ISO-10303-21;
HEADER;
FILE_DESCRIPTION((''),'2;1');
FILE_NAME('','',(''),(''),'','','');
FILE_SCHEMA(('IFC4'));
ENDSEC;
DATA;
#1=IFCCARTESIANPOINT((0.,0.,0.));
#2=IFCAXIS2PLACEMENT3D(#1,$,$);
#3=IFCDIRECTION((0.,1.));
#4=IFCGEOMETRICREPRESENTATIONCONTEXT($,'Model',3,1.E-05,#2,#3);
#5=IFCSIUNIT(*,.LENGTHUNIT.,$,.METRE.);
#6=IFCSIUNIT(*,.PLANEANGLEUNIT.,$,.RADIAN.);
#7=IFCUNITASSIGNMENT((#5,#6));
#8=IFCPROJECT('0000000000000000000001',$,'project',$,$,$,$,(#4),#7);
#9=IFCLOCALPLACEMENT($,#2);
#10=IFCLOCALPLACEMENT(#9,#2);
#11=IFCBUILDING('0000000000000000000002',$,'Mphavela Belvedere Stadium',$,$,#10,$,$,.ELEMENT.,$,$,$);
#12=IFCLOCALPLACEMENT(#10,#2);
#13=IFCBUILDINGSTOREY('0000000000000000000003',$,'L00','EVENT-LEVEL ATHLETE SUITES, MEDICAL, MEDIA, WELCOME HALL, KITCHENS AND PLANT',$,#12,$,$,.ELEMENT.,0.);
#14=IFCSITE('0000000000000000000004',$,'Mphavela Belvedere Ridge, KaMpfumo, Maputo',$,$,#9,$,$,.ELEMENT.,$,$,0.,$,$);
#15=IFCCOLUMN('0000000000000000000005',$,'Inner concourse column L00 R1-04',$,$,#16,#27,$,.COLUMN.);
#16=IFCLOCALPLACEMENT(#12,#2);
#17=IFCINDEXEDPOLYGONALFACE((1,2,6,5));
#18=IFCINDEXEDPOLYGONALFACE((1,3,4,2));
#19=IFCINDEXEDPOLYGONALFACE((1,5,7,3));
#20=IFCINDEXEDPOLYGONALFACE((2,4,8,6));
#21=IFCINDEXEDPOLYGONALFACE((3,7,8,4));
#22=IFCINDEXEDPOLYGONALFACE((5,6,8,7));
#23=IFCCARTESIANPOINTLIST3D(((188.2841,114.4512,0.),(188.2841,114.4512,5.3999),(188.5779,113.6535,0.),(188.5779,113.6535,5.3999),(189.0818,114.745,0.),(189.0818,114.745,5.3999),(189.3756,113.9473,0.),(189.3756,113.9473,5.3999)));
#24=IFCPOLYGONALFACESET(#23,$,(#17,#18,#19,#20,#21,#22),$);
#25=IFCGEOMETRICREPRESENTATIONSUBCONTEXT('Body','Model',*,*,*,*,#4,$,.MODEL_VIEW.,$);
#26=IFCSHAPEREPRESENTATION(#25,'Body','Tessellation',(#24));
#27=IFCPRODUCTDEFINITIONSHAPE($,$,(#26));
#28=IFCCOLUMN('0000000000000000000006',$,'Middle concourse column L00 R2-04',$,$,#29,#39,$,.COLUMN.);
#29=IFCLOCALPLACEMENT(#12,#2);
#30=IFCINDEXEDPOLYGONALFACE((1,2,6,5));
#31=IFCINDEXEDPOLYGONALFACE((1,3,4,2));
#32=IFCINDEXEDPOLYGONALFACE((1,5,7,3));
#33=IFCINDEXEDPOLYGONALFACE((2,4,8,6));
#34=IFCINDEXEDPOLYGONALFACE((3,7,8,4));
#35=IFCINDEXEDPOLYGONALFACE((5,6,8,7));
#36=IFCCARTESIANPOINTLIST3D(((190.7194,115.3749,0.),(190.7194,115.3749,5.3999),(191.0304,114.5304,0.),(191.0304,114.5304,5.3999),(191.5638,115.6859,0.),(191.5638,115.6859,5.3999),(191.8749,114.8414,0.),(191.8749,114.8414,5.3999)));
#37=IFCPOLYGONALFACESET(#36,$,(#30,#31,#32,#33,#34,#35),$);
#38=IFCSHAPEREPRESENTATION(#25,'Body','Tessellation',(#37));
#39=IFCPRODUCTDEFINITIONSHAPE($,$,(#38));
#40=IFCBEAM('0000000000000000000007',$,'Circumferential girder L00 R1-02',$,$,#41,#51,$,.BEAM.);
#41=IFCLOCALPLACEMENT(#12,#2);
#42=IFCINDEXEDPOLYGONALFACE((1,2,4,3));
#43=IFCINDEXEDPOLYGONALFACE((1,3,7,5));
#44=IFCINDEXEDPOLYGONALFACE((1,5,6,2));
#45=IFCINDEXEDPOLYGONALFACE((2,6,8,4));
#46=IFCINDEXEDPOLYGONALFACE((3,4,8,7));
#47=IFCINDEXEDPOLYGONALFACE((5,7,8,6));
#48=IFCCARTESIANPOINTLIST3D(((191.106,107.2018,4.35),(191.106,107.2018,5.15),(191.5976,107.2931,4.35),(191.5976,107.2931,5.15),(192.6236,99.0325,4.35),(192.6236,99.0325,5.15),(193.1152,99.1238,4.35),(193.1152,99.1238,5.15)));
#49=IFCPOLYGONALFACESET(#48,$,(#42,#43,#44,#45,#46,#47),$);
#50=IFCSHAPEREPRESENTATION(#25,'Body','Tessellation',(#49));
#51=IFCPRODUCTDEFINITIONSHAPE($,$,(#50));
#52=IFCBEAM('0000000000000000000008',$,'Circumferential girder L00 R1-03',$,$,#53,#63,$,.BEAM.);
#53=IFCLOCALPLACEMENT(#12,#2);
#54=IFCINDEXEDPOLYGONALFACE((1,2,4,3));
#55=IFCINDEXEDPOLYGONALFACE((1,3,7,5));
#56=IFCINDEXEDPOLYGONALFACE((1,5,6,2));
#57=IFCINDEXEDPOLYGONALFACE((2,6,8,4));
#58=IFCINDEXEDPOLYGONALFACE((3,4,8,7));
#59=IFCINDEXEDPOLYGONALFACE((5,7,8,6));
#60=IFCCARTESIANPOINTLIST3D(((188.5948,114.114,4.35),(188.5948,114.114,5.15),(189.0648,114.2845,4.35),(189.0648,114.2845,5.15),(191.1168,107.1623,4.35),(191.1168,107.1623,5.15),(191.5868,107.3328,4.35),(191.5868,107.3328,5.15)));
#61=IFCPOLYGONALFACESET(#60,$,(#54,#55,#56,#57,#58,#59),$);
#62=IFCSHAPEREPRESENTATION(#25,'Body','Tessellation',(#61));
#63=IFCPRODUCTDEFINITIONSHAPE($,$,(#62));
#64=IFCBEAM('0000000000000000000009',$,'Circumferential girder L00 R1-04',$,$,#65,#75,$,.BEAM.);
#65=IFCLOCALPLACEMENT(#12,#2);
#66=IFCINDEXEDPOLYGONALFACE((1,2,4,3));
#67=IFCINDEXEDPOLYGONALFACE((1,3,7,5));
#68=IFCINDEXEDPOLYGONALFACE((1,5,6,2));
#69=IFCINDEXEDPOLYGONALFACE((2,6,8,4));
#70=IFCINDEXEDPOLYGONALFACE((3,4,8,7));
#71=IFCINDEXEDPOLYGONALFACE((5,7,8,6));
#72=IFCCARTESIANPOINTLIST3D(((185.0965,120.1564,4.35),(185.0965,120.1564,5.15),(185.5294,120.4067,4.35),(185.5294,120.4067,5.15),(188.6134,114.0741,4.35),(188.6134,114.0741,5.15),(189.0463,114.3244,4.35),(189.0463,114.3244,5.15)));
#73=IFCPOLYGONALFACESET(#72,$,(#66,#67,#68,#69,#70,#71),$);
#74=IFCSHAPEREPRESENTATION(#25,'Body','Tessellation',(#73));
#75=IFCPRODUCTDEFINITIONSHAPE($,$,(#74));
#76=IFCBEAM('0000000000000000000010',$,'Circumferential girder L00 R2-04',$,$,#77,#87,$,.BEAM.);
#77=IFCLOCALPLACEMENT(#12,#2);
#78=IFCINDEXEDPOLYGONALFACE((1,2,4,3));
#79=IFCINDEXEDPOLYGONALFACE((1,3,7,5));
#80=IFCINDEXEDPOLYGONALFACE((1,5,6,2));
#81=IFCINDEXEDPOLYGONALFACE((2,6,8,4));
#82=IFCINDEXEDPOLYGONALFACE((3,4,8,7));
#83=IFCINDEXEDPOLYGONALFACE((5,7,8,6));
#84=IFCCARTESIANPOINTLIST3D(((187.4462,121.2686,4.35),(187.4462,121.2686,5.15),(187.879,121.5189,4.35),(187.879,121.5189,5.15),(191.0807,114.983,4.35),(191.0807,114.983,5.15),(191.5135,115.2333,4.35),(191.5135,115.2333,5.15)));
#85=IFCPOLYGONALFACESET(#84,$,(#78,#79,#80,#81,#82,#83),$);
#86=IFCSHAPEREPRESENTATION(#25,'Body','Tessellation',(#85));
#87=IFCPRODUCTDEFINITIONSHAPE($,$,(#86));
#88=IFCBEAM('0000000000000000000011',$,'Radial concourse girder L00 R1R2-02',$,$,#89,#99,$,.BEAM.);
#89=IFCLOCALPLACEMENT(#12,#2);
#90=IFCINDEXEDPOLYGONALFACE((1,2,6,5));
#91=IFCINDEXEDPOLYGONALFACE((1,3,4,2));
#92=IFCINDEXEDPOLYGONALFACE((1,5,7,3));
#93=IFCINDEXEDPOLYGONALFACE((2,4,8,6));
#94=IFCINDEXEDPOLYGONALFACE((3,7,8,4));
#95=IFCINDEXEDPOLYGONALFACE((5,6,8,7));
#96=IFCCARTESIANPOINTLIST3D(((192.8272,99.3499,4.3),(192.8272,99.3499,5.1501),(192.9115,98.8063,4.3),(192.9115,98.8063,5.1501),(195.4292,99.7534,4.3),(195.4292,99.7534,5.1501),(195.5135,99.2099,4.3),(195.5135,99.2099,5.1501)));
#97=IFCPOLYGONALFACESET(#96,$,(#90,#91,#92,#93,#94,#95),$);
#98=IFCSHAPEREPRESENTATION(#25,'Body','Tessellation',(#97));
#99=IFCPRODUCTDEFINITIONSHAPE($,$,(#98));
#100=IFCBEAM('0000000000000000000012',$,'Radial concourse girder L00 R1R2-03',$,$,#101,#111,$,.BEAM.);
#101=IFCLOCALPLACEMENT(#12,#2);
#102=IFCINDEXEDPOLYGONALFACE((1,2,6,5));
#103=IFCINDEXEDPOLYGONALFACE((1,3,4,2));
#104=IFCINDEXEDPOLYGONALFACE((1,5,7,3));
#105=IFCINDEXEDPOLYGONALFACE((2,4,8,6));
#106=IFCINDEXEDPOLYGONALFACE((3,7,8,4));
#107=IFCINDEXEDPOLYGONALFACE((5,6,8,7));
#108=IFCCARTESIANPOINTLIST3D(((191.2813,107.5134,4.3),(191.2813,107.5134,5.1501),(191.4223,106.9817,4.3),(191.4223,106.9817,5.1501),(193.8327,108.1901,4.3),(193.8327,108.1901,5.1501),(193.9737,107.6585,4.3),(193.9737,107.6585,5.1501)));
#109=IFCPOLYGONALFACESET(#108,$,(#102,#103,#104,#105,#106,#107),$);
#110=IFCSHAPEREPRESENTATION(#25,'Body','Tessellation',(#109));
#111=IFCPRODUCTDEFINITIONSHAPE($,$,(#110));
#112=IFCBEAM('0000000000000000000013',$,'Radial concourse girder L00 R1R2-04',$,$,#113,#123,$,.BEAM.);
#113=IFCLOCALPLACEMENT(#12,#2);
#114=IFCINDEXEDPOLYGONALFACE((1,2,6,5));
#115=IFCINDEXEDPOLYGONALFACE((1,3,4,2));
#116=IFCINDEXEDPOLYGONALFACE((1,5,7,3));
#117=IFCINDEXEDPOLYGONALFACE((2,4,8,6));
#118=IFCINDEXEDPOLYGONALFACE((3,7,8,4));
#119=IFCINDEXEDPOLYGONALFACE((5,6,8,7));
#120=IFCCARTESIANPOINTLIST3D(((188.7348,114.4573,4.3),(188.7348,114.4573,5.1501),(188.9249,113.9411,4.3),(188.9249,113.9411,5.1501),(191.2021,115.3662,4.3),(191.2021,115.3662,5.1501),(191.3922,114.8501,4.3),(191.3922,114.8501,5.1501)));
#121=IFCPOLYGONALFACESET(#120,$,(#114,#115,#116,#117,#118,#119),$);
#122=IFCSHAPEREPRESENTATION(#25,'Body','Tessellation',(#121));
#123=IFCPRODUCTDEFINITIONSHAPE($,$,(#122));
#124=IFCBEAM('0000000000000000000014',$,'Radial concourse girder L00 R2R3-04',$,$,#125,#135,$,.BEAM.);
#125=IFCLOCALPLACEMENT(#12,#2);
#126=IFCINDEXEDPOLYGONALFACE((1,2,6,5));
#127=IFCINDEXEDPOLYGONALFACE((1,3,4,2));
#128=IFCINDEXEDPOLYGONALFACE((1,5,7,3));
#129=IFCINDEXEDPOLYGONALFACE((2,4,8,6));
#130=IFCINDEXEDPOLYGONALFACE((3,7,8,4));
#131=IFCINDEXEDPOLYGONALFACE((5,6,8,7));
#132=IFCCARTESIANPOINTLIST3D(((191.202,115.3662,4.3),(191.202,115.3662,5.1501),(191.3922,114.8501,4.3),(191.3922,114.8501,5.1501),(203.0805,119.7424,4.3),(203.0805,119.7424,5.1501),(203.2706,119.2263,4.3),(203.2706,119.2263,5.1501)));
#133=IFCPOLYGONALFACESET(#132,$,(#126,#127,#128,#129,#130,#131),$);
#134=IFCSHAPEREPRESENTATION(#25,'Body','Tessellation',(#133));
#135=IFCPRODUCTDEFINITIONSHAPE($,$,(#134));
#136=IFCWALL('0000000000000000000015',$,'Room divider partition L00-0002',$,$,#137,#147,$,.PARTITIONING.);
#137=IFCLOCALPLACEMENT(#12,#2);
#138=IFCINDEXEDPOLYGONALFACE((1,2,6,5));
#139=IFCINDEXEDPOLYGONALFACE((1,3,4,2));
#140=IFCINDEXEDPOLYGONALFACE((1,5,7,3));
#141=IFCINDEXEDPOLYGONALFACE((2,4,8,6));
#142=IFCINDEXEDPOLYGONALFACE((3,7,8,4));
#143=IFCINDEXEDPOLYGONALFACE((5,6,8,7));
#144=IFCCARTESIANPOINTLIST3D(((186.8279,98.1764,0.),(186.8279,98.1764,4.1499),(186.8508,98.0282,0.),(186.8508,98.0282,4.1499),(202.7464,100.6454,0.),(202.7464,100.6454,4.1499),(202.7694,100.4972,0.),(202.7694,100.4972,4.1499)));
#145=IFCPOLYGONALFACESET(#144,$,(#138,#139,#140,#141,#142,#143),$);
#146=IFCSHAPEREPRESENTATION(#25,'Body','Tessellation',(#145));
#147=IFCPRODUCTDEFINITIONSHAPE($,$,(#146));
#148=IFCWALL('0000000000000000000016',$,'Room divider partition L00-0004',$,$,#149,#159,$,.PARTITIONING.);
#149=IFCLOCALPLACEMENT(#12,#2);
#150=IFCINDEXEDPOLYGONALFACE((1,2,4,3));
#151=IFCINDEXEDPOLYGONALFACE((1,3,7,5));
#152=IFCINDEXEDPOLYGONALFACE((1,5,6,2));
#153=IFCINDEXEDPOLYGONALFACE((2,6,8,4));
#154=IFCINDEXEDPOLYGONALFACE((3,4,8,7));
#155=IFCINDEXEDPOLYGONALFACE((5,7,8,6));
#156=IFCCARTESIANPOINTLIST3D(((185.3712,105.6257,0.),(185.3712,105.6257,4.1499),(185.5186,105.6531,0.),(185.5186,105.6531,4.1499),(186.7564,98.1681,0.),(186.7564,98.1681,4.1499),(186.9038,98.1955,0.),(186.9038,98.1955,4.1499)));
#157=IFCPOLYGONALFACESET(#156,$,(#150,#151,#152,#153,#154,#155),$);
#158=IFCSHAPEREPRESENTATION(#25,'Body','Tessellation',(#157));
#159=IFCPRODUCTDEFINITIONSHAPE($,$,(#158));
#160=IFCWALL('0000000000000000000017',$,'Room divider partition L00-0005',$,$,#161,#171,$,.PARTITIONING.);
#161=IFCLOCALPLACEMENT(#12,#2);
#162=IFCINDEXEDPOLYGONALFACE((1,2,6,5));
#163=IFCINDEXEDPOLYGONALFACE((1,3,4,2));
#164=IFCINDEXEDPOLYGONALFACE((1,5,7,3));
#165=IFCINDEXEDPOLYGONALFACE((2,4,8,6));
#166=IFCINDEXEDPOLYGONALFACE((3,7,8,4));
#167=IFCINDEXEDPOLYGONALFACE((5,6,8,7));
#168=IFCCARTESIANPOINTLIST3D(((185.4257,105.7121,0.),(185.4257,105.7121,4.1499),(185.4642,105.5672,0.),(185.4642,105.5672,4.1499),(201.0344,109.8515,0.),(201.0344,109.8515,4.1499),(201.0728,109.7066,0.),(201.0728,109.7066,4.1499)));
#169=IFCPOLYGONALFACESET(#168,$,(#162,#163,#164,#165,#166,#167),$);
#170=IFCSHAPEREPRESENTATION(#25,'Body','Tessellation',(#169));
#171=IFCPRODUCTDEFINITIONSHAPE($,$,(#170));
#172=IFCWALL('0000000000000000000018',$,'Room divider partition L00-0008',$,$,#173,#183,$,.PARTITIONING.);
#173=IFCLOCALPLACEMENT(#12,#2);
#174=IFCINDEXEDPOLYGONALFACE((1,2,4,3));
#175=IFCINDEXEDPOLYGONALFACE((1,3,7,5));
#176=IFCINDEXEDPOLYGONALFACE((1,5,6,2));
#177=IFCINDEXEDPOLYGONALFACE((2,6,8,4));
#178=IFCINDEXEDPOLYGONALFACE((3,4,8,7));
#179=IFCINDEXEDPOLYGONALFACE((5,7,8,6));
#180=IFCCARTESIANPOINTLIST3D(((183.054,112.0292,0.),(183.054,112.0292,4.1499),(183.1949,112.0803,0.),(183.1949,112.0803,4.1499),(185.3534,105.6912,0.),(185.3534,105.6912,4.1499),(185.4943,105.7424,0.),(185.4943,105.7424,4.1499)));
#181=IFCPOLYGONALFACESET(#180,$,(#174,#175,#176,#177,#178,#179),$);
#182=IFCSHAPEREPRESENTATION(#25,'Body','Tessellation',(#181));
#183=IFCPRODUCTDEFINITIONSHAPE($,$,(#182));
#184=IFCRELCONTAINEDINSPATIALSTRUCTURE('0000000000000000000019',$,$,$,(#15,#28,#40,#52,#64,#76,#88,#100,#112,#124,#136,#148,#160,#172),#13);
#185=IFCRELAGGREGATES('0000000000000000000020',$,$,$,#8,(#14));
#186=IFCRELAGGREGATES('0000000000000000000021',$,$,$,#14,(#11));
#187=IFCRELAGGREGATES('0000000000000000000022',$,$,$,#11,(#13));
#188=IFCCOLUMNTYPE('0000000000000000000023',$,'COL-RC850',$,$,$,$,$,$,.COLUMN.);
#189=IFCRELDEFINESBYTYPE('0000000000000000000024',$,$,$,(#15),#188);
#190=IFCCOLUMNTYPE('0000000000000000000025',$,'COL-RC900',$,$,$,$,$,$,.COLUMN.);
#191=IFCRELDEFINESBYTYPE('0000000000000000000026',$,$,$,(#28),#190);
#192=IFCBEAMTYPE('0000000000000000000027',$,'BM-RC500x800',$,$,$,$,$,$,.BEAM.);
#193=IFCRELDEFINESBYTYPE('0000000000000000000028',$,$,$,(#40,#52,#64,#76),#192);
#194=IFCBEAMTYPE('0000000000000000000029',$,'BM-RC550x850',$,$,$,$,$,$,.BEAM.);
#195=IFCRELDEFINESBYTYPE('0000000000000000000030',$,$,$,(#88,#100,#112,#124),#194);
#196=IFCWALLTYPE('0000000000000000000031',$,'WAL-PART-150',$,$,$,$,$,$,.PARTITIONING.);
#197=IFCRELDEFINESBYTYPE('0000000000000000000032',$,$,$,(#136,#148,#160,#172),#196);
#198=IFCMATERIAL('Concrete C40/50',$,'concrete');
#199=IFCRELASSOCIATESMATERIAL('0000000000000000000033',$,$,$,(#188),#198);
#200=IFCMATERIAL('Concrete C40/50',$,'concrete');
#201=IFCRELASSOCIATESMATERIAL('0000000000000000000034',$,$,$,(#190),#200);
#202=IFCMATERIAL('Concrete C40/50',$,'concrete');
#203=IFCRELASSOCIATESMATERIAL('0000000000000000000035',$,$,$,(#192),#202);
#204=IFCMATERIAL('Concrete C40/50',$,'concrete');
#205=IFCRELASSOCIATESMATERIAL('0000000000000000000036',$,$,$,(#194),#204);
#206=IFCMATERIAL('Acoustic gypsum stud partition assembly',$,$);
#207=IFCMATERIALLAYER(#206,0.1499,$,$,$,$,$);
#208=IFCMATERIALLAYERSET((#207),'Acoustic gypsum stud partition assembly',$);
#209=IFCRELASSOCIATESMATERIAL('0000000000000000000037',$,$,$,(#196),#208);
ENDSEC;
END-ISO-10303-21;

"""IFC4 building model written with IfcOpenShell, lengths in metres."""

from ifc_helpers import new_model, si_unit, direction, frame, frame_2d, origin, origin_2d, place, context, subcontext, project, spatial, rectangle, extrude, material, layer, layer_set, material_profile, profile_set, type_object, element, save


model = new_model("IFC4")

# Units and contexts
model_context = context("Model", 3, precision=1e-05, world=origin(), true_north=direction((0.0, 1.0)))
body_context = subcontext(model_context, "Body", "Model", "MODEL_VIEW")
ifc_project = project(units=[si_unit("LENGTHUNIT", "METRE"), si_unit("PLANEANGLEUNIT", "RADIAN")], contexts=[model_context])

# Site, building, storey
site_placement = place(None, origin())
site = spatial("IfcSite", under=ifc_project, at=site_placement, Name="Mphavela Belvedere Ridge, KaMpfumo, Maputo", CompositionType="ELEMENT", RefElevation=0.0)
building_placement = place(site_placement, origin())
building = spatial("IfcBuilding", under=site, at=building_placement, Name="Mphavela Belvedere Stadium", CompositionType="ELEMENT")
storey_placement = place(building_placement, origin())
storey = spatial("IfcBuildingStorey", under=building, at=storey_placement, Name="L00", Description="EVENT-LEVEL ATHLETE SUITES, MEDICAL, MEDIA, WELCOME HALL, KITCHENS AND PLANT", CompositionType="ELEMENT", Elevation=0.0)

# Columns
ifc_material_1 = material(Name="Concrete C40/50", Category="concrete")
ifc_material_profile_1 = material_profile(ifc_material_1, rectangle(XDim=0.8501, YDim=0.8501, at=origin_2d()), Name="RC 850x850")
ifc_profile_set_1 = profile_set([ifc_material_profile_1], Name="Concrete C40/50")
column_type_1 = type_object("IfcColumnType", Name="COL-RC850", PredefinedType="COLUMN", material=ifc_profile_set_1)
for number, where, z_axis, x_axis, name in (
    (1, (188.8298, 114.1992, 0.0), (0.0, 0.0, 1.0), (0.938372, 0.345626, 0.0), "Inner concourse column L00 R1-04"),
):
    element("IfcColumn", number, at=place(storey_placement, frame(where, z_axis=z_axis, x_axis=x_axis)), inside=storey, type_object=column_type_1, Name=name, PredefinedType="COLUMN", context=body_context, shape_type="SweptSolid", body=[
        extrude(rectangle(XDim=0.8501, YDim=0.8501, at=origin_2d()), origin(), (0.0, 0.0, 1.0), 5.3999),
    ])
ifc_material_2 = material(Name="Concrete C40/50", Category="concrete")
ifc_material_profile_2 = material_profile(ifc_material_2, rectangle(XDim=0.8999, YDim=0.8999, at=origin_2d()), Name="RC 900x900")
ifc_profile_set_2 = profile_set([ifc_material_profile_2], Name="Concrete C40/50")
column_type_2 = type_object("IfcColumnType", Name="COL-RC900", PredefinedType="COLUMN", material=ifc_profile_set_2)
column_placement = place(storey_placement, frame((191.2971, 115.1082, 0.0), z_axis=(0.0, 0.0, 1.0), x_axis=(0.938372, 0.345626, 0.0)))
element("IfcColumn", 2, at=column_placement, inside=storey, type_object=column_type_2, Name="Middle concourse column L00 R2-04", PredefinedType="COLUMN", context=body_context, shape_type="SweptSolid", body=[
    extrude(rectangle(XDim=0.8999, YDim=0.8999, at=origin_2d()), origin(), (0.0, 0.0, 1.0), 5.3999),
])

# Beams
ifc_material_3 = material(Name="Concrete C40/50", Category="concrete")
ifc_material_profile_3 = material_profile(ifc_material_3, rectangle(XDim=0.5, YDim=0.8, at=origin_2d()), Name="RC 500x800")
ifc_profile_set_3 = profile_set([ifc_material_profile_3], Name="Concrete C40/50")
beam_type_1 = type_object("IfcBeamType", Name="BM-RC500x800", PredefinedType="BEAM", material=ifc_profile_set_3)
beam_1_placement = place(storey_placement, frame((192.8694, 99.0781, 4.75), z_axis=(-0.182638, 0.98318, 0.0), x_axis=(-0.98318, -0.182638, 0.0)))
element("IfcBeam", 3, at=beam_1_placement, inside=storey, type_object=beam_type_1, Name="Circumferential girder L00 R1-02", PredefinedType="BEAM", context=body_context, shape_type="SweptSolid", body=[
    extrude(rectangle(XDim=0.5, YDim=0.8, at=origin_2d()), origin(), (0.0, 0.0, 1.0), 8.3091),
])
beam_2_placement = place(storey_placement, frame((191.3518, 107.2476, 4.75), z_axis=(-0.341038, 0.94005, 0.0), x_axis=(-0.94005, -0.341038, 0.0)))
element("IfcBeam", 4, at=beam_2_placement, inside=storey, type_object=beam_type_1, Name="Circumferential girder L00 R1-03", PredefinedType="BEAM", context=body_context, shape_type="SweptSolid", body=[
    extrude(rectangle(XDim=0.5, YDim=0.8, at=origin_2d()), origin(), (0.0, 0.0, 1.0), 7.395),
])
beam_3_placement = place(storey_placement, frame((188.8298, 114.1992, 4.75), z_axis=(-0.50056, 0.865702, 0.0), x_axis=(-0.865702, -0.50056, 0.0)))
element("IfcBeam", 5, at=beam_3_placement, inside=storey, type_object=beam_type_1, Name="Circumferential girder L00 R1-04", PredefinedType="BEAM", context=body_context, shape_type="SweptSolid", body=[
    extrude(rectangle(XDim=0.5, YDim=0.8, at=origin_2d()), origin(), (0.0, 0.0, 1.0), 7.0259),
])
beam_4_placement = place(storey_placement, frame((191.2971, 115.1082, 4.75), z_axis=(-0.500568, 0.865697, 0.0), x_axis=(-0.865697, -0.500568, 0.0)))
element("IfcBeam", 6, at=beam_4_placement, inside=storey, type_object=beam_type_1, Name="Circumferential girder L00 R2-04", PredefinedType="BEAM", context=body_context, shape_type="SweptSolid", body=[
    extrude(rectangle(XDim=0.5, YDim=0.8, at=origin_2d()), origin(), (0.0, 0.0, 1.0), 7.2607),
])
ifc_material_4 = material(Name="Concrete C40/50", Category="concrete")
ifc_material_profile_4 = material_profile(ifc_material_4, rectangle(XDim=0.55, YDim=0.8501, at=origin_2d()), Name="RC 550x850")
ifc_profile_set_4 = profile_set([ifc_material_profile_4], Name="Concrete C40/50")
beam_type_2 = type_object("IfcBeamType", Name="BM-RC550x850", PredefinedType="BEAM", material=ifc_profile_set_4)
beam_5_placement = place(storey_placement, frame((192.8694, 99.0781, 4.7251), z_axis=(0.988186, 0.153262, 0.0), x_axis=(-0.153262, 0.988186, 0.0)))
element("IfcBeam", 7, at=beam_5_placement, inside=storey, type_object=beam_type_2, Name="Radial concourse girder L00 R1R2-02", PredefinedType="BEAM", context=body_context, shape_type="SweptSolid", body=[
    extrude(rectangle(XDim=0.55, YDim=0.8501, at=origin_2d()), origin(), (0.0, 0.0, 1.0), 2.6331),
])
beam_6_placement = place(storey_placement, frame((191.3518, 107.2476, 4.7251), z_axis=(0.966578, 0.256373, 0.0), x_axis=(-0.256373, 0.966578, 0.0)))
element("IfcBeam", 8, at=beam_6_placement, inside=storey, type_object=beam_type_2, Name="Radial concourse girder L00 R1R2-03", PredefinedType="BEAM", context=body_context, shape_type="SweptSolid", body=[
    extrude(rectangle(XDim=0.55, YDim=0.8501, at=origin_2d()), origin(), (0.0, 0.0, 1.0), 2.6396),
])
beam_7_placement = place(storey_placement, frame((188.8298, 114.1992, 4.7251), z_axis=(0.938351, 0.345684, 0.0), x_axis=(-0.345684, 0.938351, 0.0)))
element("IfcBeam", 9, at=beam_7_placement, inside=storey, type_object=beam_type_2, Name="Radial concourse girder L00 R1R2-04", PredefinedType="BEAM", context=body_context, shape_type="SweptSolid", body=[
    extrude(rectangle(XDim=0.55, YDim=0.8501, at=origin_2d()), origin(), (0.0, 0.0, 1.0), 2.6294),
])
beam_8_placement = place(storey_placement, frame((191.2971, 115.1082, 4.7251), z_axis=(0.938344, 0.345703, 0.0), x_axis=(-0.345703, 0.938344, 0.0)))
element("IfcBeam", 10, at=beam_8_placement, inside=storey, type_object=beam_type_2, Name="Radial concourse girder L00 R2R3-04", PredefinedType="BEAM", context=body_context, shape_type="SweptSolid", body=[
    extrude(rectangle(XDim=0.55, YDim=0.8501, at=origin_2d()), origin(), (0.0, 0.0, 1.0), 12.6589),
])

# Walls
ifc_material_5 = material(Name="Acoustic gypsum stud partition assembly")
ifc_layer = layer(ifc_material_5, 0.1499)
ifc_layer_set = layer_set([ifc_layer], Name="Acoustic gypsum stud partition assembly")
wall_type = type_object("IfcWallType", Name="WAL-PART-150", PredefinedType="PARTITIONING", material=ifc_layer_set)
wall_1_placement = place(storey_placement, frame((186.8394, 98.1023, 0.0), z_axis=(0.0, 0.0, 1.0), x_axis=(0.988184, 0.15327, 0.0)))
element("IfcWall", 11, at=wall_1_placement, inside=storey, type_object=wall_type, Name="Room divider partition L00-0002", PredefinedType="PARTITIONING", context=body_context, shape_type="SweptSolid", body=[
    extrude(rectangle(XDim=16.1089, YDim=0.1499, at=frame_2d((8.0544, 0.0))), origin(), (0.0, 0.0, 1.0), 4.1499),
])
wall_2_placement = place(storey_placement, frame((186.8301, 98.1819, 0.0), z_axis=(0.0, 0.0, 1.0), x_axis=(-0.182623, 0.983183, 0.0)))
element("IfcWall", 12, at=wall_2_placement, inside=storey, type_object=wall_type, Name="Room divider partition L00-0004", PredefinedType="PARTITIONING", context=body_context, shape_type="SweptSolid", body=[
    extrude(rectangle(XDim=7.5852, YDim=0.1499, at=frame_2d((3.7925, 0.0))), origin(), (0.0, 0.0, 1.0), 4.1499),
])
wall_3_placement = place(storey_placement, frame((185.4448, 105.6396, 0.0), z_axis=(0.0, 0.0, 1.0), x_axis=(0.966587, 0.256338, 0.0)))
element("IfcWall", 13, at=wall_3_placement, inside=storey, type_object=wall_type, Name="Room divider partition L00-0005", PredefinedType="PARTITIONING", context=body_context, shape_type="SweptSolid", body=[
    extrude(rectangle(XDim=16.1482, YDim=0.1499, at=frame_2d((8.0742, 0.0))), origin(), (0.0, 0.0, 1.0), 4.1499),
])
wall_4_placement = place(storey_placement, frame((185.4238, 105.7168, 0.0), z_axis=(0.0, 0.0, 1.0), x_axis=(-0.341039, 0.940049, 0.0)))
element("IfcWall", 14, at=wall_4_placement, inside=storey, type_object=wall_type, Name="Room divider partition L00-0008", PredefinedType="PARTITIONING", context=body_context, shape_type="SweptSolid", body=[
    extrude(rectangle(XDim=6.7422, YDim=0.1499, at=frame_2d((3.3711, 0.0))), origin(), (0.0, 0.0, 1.0), 4.1499),
])

save(model, "model.ifc")
